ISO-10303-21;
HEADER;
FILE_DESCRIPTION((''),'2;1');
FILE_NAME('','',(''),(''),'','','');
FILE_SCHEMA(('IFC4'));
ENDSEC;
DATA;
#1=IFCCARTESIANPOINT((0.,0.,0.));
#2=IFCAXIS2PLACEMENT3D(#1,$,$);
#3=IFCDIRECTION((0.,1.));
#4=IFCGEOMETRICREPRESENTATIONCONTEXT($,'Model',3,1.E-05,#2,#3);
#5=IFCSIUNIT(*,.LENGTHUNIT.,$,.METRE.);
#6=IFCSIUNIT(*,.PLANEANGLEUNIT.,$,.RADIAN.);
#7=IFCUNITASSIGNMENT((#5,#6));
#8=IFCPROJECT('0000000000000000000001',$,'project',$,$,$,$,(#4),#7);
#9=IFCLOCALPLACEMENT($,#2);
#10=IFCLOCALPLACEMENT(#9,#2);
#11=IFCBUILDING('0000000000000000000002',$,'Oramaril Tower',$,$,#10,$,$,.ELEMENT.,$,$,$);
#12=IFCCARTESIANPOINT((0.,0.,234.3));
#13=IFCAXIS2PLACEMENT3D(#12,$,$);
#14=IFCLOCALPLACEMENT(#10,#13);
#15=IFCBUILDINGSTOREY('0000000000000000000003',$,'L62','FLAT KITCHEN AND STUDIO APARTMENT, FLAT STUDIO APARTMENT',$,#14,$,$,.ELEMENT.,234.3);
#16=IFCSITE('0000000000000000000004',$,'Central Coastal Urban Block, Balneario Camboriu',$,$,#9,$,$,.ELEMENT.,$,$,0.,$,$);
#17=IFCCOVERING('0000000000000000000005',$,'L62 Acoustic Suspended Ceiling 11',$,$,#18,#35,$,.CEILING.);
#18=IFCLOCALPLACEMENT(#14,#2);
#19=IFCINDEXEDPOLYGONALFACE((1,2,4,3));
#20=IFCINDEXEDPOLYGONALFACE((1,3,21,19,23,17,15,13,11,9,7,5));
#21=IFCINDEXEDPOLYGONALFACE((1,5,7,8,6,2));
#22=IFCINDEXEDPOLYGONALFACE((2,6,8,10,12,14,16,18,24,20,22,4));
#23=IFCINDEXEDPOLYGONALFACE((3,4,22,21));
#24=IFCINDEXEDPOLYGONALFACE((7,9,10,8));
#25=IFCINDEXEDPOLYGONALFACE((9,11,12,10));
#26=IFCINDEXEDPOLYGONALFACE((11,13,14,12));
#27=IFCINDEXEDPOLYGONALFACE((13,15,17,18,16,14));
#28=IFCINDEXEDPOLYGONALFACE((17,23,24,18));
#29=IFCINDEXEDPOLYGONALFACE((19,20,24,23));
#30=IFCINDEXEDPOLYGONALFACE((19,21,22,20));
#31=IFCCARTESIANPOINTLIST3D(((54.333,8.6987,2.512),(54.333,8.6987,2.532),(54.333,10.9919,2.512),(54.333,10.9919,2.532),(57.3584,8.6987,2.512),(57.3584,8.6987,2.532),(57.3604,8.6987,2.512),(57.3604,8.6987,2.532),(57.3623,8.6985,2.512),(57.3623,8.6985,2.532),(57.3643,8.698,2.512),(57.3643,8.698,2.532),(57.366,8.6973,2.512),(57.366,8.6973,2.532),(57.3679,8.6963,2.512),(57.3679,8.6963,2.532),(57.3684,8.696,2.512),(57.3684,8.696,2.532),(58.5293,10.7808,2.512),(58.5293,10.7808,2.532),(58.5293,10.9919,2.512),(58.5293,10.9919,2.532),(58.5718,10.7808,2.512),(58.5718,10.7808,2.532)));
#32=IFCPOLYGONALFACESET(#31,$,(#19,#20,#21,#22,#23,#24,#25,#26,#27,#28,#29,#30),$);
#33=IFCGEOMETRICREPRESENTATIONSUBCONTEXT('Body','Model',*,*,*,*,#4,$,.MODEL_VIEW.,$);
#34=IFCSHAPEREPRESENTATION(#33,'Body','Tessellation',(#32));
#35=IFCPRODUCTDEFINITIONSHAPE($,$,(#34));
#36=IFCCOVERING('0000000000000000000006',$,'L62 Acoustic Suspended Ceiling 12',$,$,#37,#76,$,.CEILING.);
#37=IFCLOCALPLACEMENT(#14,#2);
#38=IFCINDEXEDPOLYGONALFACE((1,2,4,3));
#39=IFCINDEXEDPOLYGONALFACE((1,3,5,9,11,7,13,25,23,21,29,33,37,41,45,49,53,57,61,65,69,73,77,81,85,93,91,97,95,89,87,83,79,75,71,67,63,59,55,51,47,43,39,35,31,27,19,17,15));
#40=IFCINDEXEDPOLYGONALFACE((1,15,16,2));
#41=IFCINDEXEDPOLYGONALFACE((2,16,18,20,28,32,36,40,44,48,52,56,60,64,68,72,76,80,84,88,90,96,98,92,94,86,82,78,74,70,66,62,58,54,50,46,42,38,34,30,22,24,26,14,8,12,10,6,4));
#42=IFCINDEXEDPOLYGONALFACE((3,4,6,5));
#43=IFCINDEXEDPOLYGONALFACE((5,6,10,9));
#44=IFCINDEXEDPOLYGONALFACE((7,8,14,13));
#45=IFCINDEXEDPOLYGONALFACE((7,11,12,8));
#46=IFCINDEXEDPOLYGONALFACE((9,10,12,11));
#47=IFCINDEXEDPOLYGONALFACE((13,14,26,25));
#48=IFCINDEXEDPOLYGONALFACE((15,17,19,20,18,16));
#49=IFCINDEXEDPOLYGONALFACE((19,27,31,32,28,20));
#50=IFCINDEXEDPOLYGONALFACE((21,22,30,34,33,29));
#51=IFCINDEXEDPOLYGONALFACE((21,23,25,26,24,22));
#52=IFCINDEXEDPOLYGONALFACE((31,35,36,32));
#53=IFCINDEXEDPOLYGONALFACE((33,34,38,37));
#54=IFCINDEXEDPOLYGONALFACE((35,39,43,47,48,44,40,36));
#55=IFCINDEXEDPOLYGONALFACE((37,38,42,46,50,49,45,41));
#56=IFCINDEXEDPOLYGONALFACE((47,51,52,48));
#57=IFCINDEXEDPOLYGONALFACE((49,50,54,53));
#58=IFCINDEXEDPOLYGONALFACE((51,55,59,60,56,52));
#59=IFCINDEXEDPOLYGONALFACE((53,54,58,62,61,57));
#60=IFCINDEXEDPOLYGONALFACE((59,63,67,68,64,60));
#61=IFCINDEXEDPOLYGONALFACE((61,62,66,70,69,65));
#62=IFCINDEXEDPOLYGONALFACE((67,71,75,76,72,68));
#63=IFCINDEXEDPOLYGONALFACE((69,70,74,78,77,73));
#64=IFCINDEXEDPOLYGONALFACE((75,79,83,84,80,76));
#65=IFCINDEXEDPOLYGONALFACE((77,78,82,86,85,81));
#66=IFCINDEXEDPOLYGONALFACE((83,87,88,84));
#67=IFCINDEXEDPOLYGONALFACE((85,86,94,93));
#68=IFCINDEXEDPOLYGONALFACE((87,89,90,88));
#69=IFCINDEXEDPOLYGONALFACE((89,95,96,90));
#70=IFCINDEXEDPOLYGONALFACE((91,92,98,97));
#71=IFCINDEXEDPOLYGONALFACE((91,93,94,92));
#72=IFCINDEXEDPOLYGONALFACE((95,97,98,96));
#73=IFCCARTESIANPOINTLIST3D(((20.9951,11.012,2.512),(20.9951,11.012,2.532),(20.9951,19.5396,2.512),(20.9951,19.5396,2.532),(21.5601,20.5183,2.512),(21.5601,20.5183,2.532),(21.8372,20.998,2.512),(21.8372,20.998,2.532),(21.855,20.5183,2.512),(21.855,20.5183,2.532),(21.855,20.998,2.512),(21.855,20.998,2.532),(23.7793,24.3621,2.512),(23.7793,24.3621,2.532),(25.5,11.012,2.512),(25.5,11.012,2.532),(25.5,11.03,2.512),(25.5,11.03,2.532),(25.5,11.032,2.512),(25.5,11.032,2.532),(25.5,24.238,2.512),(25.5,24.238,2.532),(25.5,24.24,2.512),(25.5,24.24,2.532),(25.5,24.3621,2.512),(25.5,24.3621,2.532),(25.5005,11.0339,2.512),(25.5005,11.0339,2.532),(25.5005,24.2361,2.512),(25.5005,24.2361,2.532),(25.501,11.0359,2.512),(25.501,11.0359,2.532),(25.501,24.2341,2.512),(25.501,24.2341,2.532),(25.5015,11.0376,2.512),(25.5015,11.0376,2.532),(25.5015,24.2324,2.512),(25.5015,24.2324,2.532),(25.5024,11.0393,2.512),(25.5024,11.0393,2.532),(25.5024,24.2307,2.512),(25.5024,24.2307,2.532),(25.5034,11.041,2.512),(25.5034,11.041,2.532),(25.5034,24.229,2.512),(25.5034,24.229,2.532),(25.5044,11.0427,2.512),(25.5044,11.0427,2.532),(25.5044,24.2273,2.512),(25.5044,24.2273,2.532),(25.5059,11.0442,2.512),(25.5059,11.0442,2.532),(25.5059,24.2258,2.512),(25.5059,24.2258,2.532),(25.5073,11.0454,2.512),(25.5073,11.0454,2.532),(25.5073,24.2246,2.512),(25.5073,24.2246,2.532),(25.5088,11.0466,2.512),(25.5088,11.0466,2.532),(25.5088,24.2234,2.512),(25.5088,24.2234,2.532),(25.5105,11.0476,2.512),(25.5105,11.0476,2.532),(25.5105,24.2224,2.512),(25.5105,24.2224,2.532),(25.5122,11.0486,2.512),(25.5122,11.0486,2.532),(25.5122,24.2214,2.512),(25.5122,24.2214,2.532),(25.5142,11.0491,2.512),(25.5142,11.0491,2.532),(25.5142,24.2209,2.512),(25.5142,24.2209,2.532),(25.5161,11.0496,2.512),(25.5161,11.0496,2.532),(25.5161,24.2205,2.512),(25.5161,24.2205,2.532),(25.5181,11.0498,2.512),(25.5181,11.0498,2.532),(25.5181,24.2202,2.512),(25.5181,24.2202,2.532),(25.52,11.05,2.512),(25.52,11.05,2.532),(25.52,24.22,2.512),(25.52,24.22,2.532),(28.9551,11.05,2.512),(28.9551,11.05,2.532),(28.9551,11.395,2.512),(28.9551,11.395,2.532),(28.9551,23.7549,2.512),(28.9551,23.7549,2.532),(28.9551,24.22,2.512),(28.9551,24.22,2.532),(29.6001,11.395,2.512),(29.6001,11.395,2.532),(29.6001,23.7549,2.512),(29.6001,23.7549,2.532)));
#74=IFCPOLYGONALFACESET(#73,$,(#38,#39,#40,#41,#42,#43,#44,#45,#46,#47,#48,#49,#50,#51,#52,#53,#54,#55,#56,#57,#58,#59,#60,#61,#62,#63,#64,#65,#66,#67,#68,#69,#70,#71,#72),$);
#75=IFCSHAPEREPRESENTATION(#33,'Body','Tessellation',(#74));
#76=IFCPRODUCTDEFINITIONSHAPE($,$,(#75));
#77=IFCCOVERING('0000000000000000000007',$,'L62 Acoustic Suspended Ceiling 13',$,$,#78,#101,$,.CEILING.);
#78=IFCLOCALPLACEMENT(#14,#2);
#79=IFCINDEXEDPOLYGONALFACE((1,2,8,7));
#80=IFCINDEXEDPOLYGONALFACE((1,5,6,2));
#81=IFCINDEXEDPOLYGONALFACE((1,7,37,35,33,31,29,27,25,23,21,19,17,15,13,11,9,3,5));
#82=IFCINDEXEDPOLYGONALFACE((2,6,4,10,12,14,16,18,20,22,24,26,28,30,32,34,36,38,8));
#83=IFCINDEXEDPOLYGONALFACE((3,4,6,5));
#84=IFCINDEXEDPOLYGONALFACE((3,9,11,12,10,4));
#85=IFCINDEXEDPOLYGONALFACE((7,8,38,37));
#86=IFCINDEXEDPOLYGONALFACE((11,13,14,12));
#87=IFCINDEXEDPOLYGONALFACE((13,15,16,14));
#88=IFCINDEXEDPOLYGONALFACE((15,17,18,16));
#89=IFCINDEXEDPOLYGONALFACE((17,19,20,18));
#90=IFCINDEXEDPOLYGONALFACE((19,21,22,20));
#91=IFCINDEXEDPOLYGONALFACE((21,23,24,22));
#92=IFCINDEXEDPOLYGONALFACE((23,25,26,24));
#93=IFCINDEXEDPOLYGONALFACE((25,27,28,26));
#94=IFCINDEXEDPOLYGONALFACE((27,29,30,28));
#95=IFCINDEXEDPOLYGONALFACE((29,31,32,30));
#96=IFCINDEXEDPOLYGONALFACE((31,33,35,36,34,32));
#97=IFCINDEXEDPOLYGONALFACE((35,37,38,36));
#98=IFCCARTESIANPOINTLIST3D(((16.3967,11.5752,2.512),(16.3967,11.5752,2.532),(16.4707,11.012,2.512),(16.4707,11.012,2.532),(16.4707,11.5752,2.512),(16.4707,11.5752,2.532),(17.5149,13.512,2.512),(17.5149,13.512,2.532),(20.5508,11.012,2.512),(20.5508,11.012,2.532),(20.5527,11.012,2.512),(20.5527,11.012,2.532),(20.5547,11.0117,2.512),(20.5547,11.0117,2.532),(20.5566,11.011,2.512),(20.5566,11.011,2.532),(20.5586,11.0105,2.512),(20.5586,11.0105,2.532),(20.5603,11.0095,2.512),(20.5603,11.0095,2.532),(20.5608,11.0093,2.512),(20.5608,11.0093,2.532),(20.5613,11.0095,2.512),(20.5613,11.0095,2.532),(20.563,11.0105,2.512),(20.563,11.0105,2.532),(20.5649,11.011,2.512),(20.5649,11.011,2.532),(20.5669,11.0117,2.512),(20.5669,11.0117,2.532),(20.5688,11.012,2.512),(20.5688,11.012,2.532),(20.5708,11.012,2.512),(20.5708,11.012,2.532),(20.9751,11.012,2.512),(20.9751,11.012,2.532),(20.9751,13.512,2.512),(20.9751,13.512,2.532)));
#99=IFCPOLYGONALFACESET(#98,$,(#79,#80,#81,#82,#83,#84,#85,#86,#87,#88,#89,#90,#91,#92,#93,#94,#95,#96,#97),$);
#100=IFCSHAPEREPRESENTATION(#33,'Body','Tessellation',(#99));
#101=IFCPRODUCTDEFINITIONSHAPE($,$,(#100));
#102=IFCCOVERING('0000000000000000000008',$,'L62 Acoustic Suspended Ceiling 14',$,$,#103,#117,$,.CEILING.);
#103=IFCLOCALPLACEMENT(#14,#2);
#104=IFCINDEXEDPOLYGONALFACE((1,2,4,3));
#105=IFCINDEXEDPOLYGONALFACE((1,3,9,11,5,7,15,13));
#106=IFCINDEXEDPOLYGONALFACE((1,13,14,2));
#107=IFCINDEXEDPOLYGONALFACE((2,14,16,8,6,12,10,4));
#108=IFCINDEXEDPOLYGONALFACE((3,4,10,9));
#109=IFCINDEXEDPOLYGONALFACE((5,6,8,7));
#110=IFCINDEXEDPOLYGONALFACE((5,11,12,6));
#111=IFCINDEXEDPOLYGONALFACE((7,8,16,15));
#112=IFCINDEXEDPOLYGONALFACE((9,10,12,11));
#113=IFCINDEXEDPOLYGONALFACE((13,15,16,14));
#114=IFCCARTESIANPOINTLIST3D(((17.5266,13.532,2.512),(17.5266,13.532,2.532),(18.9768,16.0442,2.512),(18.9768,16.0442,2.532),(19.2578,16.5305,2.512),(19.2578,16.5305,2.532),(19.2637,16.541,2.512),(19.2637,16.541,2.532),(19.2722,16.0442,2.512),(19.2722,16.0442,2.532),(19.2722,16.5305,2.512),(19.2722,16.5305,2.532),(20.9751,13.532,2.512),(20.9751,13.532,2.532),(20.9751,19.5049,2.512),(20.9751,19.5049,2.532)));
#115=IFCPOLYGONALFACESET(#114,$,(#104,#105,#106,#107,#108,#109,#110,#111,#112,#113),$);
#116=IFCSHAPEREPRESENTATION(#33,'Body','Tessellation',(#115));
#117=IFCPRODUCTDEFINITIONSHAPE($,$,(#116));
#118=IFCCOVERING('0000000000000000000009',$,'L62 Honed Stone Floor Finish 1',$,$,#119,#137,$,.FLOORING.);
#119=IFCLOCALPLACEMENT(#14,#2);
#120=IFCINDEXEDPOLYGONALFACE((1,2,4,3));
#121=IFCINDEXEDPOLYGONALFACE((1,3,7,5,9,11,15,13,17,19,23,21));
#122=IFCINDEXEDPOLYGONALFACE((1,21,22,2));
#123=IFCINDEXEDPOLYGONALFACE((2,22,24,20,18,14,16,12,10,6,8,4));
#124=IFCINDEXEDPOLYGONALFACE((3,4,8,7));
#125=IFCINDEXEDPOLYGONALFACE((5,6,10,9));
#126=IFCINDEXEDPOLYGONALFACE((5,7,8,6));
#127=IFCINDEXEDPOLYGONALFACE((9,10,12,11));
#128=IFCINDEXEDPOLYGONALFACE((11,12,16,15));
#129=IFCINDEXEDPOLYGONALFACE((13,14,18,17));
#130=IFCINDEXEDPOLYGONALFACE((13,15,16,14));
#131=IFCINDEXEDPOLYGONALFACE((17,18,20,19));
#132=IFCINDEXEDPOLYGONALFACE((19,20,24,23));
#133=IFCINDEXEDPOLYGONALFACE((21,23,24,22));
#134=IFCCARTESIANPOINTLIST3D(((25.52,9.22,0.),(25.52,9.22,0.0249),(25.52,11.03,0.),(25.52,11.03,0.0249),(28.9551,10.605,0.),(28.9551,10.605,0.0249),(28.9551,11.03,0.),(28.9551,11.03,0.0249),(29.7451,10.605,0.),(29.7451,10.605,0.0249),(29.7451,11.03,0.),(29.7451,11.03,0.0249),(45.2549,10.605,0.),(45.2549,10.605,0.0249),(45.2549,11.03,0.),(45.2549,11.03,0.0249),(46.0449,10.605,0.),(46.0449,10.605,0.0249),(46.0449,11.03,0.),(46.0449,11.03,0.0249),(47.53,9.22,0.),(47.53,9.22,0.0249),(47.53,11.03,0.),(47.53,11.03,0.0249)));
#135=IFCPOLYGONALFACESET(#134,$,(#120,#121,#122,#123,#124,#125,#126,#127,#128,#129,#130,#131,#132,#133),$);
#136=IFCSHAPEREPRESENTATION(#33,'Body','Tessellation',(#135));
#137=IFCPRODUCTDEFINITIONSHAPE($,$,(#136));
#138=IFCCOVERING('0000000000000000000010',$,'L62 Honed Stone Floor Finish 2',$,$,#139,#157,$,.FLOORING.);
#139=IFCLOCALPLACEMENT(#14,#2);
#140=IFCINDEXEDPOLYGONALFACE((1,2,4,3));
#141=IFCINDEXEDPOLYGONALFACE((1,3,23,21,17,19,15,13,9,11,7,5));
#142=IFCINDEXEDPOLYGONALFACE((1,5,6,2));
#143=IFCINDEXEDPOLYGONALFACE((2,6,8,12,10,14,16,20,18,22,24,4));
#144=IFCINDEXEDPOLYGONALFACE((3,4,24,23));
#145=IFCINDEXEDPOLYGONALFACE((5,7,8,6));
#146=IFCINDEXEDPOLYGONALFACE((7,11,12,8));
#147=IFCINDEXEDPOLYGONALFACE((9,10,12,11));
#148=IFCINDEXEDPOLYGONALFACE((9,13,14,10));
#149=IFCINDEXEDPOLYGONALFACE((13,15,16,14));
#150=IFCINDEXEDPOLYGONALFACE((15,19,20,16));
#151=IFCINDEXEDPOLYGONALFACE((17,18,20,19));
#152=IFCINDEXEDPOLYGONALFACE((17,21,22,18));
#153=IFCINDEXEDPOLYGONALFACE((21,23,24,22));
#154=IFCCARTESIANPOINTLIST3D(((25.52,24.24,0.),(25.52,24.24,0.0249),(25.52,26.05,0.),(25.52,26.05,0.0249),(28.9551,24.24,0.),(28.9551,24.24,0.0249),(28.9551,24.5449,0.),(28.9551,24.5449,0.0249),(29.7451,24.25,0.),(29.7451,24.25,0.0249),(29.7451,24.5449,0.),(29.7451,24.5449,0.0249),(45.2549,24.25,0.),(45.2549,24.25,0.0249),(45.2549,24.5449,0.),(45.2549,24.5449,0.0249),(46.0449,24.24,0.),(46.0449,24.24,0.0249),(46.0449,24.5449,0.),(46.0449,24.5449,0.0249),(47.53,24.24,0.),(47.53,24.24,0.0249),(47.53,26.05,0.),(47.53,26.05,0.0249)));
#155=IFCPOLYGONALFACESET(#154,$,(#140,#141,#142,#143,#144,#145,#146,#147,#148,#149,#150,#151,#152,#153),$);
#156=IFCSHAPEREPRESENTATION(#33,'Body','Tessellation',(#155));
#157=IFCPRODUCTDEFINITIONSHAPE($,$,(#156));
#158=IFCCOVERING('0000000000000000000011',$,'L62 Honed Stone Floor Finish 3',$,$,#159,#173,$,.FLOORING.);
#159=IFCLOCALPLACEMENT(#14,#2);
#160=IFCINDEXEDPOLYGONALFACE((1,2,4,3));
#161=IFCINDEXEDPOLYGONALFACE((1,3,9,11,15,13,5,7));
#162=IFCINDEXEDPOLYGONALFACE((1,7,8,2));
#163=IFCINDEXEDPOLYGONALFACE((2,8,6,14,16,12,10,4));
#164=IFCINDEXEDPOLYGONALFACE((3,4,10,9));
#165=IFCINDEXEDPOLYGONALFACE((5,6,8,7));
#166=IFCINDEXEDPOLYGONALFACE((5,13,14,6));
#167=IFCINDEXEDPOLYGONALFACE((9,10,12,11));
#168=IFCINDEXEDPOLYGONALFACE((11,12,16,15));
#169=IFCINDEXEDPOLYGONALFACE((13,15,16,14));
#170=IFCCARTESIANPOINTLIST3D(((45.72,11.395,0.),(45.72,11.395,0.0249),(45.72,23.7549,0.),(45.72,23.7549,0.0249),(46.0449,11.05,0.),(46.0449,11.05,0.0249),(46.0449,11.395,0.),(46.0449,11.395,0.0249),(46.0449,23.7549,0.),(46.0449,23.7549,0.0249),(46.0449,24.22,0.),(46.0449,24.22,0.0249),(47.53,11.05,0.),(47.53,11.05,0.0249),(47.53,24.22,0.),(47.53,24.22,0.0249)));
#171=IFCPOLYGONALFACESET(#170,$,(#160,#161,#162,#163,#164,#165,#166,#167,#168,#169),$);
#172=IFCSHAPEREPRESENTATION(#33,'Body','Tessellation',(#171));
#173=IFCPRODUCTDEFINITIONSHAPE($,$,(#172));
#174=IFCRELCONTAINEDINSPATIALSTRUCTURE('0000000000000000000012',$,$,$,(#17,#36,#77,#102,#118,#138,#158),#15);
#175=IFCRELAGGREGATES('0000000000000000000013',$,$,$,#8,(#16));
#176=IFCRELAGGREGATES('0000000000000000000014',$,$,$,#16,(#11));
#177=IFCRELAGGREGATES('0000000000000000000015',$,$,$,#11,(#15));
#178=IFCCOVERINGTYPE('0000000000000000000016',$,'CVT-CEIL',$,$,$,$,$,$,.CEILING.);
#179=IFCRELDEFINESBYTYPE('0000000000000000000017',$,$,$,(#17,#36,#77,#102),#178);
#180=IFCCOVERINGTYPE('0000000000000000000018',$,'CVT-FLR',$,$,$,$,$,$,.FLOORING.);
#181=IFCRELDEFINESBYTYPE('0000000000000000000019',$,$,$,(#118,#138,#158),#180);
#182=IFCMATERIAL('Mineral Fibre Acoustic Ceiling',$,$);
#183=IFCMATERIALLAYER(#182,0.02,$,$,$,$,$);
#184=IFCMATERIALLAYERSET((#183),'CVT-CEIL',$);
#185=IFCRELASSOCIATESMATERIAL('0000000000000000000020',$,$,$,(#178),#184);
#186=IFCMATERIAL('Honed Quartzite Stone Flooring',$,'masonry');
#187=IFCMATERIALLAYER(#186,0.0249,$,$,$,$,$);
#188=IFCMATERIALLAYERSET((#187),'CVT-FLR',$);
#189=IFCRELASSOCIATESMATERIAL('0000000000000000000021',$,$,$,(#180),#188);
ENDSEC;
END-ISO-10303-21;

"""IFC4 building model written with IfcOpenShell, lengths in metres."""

from ifc_helpers import new_model, si_unit, direction, frame, origin, place, context, subcontext, project, spatial, polyline, outline, extrude, material, layer, layer_set, type_object, element, save


model = new_model("IFC4")

# Units and contexts
model_context = context("Model", 3, precision=1e-05, world=origin(), true_north=direction((0.0, 1.0)))
body_context = subcontext(model_context, "Body", "Model", "MODEL_VIEW")
ifc_project = project(units=[si_unit("LENGTHUNIT", "METRE"), si_unit("PLANEANGLEUNIT", "RADIAN")], contexts=[model_context])

# Site, building, storey
site_placement = place(None, origin())
site = spatial("IfcSite", under=ifc_project, at=site_placement, Name="Central Coastal Urban Block, Balneario Camboriu", CompositionType="ELEMENT", RefElevation=0.0)
building_placement = place(site_placement, origin())
building = spatial("IfcBuilding", under=site, at=building_placement, Name="Oramaril Tower", CompositionType="ELEMENT")
storey_placement = place(building_placement, frame((0.0, 0.0, 234.3)))
storey = spatial("IfcBuildingStorey", under=building, at=storey_placement, Name="L62", Description="FLAT KITCHEN AND STUDIO APARTMENT, FLAT STUDIO APARTMENT", CompositionType="ELEMENT", Elevation=234.3)

# Coverings
ifc_material_1 = material(Name="Mineral Fibre Acoustic Ceiling")
ifc_layer_1 = layer(ifc_material_1, 0.02)
ifc_layer_set_1 = layer_set([ifc_layer_1], Name="CVT-CEIL")
covering_type_1 = type_object("IfcCoveringType", Name="CVT-CEIL", PredefinedType="CEILING", material=ifc_layer_set_1)
covering_1_placement = place(storey_placement, frame((0.0, 0.0, 2.512)))
element("IfcCovering", 1, at=covering_1_placement, inside=storey, type_object=covering_type_1, Name="L62 Acoustic Suspended Ceiling 11", PredefinedType="CEILING", context=body_context, shape_type="SweptSolid", body=[
    extrude(outline(polyline([(58.5293, 10.7808), (58.5718, 10.7808), (57.3684, 8.696), (57.3679, 8.6963), (57.366, 8.6973), (57.3643, 8.698), (57.3623, 8.6985), (57.3604, 8.6987), (57.3584, 8.6987), (54.333, 8.6987), (54.333, 10.9919), (58.5293, 10.9919), (58.5293, 10.7808)])), origin(), (0.0, 0.0, 1.0), 0.02),
])
covering_2_placement = place(storey_placement, frame((0.0, 0.0, 2.512)))
element("IfcCovering", 2, at=covering_2_placement, inside=storey, type_object=covering_type_1, Name="L62 Acoustic Suspended Ceiling 12", PredefinedType="CEILING", context=body_context, shape_type="SweptSolid", body=[
    extrude(outline(polyline([(28.9551, 23.7549), (29.6001, 23.7549), (29.6001, 11.395), (28.9551, 11.395), (28.9551, 11.05), (25.52, 11.05), (25.5181, 11.0498), (25.5161, 11.0496), (25.5142, 11.0491), (25.5122, 11.0486), (25.5105, 11.0476), (25.5088, 11.0466), (25.5073, 11.0454), (25.5059, 11.0442), (25.5044, 11.0427), (25.5034, 11.041), (25.5024, 11.0393), (25.5015, 11.0376), (25.501, 11.0359), (25.5005, 11.0339), (25.5, 11.032), (25.5, 11.03), (25.5, 11.012), (20.9951, 11.012), (20.9951, 19.5396), (21.5601, 20.5183), (21.855, 20.5183), (21.855, 20.998), (21.8372, 20.998), (23.7793, 24.3621), (25.5, 24.3621), (25.5, 24.24), (25.5, 24.238), (25.5005, 24.2361), (25.501, 24.2341), (25.5015, 24.2324), (25.5024, 24.2307), (25.5034, 24.229), (25.5044, 24.2273), (25.5059, 24.2258), (25.5073, 24.2246), (25.5088, 24.2234), (25.5105, 24.2224), (25.5122, 24.2214), (25.5142, 24.2209), (25.5161, 24.2205), (25.5181, 24.2202), (25.52, 24.22), (28.9551, 24.22), (28.9551, 23.7549)])), origin(), (0.0, 0.0, 1.0), 0.02),
])
covering_3_placement = place(storey_placement, frame((0.0, 0.0, 2.512)))
element("IfcCovering", 3, at=covering_3_placement, inside=storey, type_object=covering_type_1, Name="L62 Acoustic Suspended Ceiling 13", PredefinedType="CEILING", context=body_context, shape_type="SweptSolid", body=[
    extrude(outline(polyline([(16.4707, 11.5752), (16.3967, 11.5752), (17.5149, 13.512), (20.9751, 13.512), (20.9751, 11.012), (20.5708, 11.012), (20.5688, 11.012), (20.5669, 11.0117), (20.5649, 11.011), (20.563, 11.0105), (20.5613, 11.0095), (20.5608, 11.0093), (20.5603, 11.0095), (20.5586, 11.0105), (20.5566, 11.011), (20.5547, 11.0117), (20.5527, 11.012), (20.5508, 11.012), (16.4707, 11.012), (16.4707, 11.5752)])), origin(), (0.0, 0.0, 1.0), 0.02),
])
covering_4_placement = place(storey_placement, frame((0.0, 0.0, 2.512)))
element("IfcCovering", 4, at=covering_4_placement, inside=storey, type_object=covering_type_1, Name="L62 Acoustic Suspended Ceiling 14", PredefinedType="CEILING", context=body_context, shape_type="SweptSolid", body=[
    extrude(outline(polyline([(19.2722, 16.0442), (19.2722, 16.5305), (19.2578, 16.5305), (19.2637, 16.541), (20.9751, 19.5049), (20.9751, 13.532), (17.5266, 13.532), (18.9768, 16.0442), (19.2722, 16.0442)])), origin(), (0.0, 0.0, 1.0), 0.02),
])
ifc_material_2 = material(Name="Honed Quartzite Stone Flooring", Category="masonry")
ifc_layer_2 = layer(ifc_material_2, 0.0249)
ifc_layer_set_2 = layer_set([ifc_layer_2], Name="CVT-FLR")
covering_type_2 = type_object("IfcCoveringType", Name="CVT-FLR", PredefinedType="FLOORING", material=ifc_layer_set_2)
covering_5_placement = place(storey_placement, origin())
element("IfcCovering", 5, at=covering_5_placement, inside=storey, type_object=covering_type_2, Name="L62 Honed Stone Floor Finish 1", PredefinedType="FLOORING", context=body_context, shape_type="SweptSolid", body=[
    extrude(outline(polyline([(28.9551, 10.605), (29.7451, 10.605), (29.7451, 11.03), (45.2549, 11.03), (45.2549, 10.605), (46.0449, 10.605), (46.0449, 11.03), (47.53, 11.03), (47.53, 9.22), (25.52, 9.22), (25.52, 11.03), (28.9551, 11.03), (28.9551, 10.605)])), origin(), (0.0, 0.0, 1.0), 0.0249),
])
covering_6_placement = place(storey_placement, origin())
element("IfcCovering", 6, at=covering_6_placement, inside=storey, type_object=covering_type_2, Name="L62 Honed Stone Floor Finish 2", PredefinedType="FLOORING", context=body_context, shape_type="SweptSolid", body=[
    extrude(outline(polyline([(47.53, 24.24), (46.0449, 24.24), (46.0449, 24.5449), (45.2549, 24.5449), (45.2549, 24.25), (29.7451, 24.25), (29.7451, 24.5449), (28.9551, 24.5449), (28.9551, 24.24), (25.52, 24.24), (25.52, 26.05), (47.53, 26.05), (47.53, 24.24)])), origin(), (0.0, 0.0, 1.0), 0.0249),
])
covering_7_placement = place(storey_placement, origin())
element("IfcCovering", 7, at=covering_7_placement, inside=storey, type_object=covering_type_2, Name="L62 Honed Stone Floor Finish 3", PredefinedType="FLOORING", context=body_context, shape_type="SweptSolid", body=[
    extrude(outline(polyline([(47.53, 11.05), (46.0449, 11.05), (46.0449, 11.395), (45.72, 11.395), (45.72, 23.7549), (46.0449, 23.7549), (46.0449, 24.22), (47.53, 24.22), (47.53, 11.05)])), origin(), (0.0, 0.0, 1.0), 0.0249),
])

save(model, "model.ifc")
